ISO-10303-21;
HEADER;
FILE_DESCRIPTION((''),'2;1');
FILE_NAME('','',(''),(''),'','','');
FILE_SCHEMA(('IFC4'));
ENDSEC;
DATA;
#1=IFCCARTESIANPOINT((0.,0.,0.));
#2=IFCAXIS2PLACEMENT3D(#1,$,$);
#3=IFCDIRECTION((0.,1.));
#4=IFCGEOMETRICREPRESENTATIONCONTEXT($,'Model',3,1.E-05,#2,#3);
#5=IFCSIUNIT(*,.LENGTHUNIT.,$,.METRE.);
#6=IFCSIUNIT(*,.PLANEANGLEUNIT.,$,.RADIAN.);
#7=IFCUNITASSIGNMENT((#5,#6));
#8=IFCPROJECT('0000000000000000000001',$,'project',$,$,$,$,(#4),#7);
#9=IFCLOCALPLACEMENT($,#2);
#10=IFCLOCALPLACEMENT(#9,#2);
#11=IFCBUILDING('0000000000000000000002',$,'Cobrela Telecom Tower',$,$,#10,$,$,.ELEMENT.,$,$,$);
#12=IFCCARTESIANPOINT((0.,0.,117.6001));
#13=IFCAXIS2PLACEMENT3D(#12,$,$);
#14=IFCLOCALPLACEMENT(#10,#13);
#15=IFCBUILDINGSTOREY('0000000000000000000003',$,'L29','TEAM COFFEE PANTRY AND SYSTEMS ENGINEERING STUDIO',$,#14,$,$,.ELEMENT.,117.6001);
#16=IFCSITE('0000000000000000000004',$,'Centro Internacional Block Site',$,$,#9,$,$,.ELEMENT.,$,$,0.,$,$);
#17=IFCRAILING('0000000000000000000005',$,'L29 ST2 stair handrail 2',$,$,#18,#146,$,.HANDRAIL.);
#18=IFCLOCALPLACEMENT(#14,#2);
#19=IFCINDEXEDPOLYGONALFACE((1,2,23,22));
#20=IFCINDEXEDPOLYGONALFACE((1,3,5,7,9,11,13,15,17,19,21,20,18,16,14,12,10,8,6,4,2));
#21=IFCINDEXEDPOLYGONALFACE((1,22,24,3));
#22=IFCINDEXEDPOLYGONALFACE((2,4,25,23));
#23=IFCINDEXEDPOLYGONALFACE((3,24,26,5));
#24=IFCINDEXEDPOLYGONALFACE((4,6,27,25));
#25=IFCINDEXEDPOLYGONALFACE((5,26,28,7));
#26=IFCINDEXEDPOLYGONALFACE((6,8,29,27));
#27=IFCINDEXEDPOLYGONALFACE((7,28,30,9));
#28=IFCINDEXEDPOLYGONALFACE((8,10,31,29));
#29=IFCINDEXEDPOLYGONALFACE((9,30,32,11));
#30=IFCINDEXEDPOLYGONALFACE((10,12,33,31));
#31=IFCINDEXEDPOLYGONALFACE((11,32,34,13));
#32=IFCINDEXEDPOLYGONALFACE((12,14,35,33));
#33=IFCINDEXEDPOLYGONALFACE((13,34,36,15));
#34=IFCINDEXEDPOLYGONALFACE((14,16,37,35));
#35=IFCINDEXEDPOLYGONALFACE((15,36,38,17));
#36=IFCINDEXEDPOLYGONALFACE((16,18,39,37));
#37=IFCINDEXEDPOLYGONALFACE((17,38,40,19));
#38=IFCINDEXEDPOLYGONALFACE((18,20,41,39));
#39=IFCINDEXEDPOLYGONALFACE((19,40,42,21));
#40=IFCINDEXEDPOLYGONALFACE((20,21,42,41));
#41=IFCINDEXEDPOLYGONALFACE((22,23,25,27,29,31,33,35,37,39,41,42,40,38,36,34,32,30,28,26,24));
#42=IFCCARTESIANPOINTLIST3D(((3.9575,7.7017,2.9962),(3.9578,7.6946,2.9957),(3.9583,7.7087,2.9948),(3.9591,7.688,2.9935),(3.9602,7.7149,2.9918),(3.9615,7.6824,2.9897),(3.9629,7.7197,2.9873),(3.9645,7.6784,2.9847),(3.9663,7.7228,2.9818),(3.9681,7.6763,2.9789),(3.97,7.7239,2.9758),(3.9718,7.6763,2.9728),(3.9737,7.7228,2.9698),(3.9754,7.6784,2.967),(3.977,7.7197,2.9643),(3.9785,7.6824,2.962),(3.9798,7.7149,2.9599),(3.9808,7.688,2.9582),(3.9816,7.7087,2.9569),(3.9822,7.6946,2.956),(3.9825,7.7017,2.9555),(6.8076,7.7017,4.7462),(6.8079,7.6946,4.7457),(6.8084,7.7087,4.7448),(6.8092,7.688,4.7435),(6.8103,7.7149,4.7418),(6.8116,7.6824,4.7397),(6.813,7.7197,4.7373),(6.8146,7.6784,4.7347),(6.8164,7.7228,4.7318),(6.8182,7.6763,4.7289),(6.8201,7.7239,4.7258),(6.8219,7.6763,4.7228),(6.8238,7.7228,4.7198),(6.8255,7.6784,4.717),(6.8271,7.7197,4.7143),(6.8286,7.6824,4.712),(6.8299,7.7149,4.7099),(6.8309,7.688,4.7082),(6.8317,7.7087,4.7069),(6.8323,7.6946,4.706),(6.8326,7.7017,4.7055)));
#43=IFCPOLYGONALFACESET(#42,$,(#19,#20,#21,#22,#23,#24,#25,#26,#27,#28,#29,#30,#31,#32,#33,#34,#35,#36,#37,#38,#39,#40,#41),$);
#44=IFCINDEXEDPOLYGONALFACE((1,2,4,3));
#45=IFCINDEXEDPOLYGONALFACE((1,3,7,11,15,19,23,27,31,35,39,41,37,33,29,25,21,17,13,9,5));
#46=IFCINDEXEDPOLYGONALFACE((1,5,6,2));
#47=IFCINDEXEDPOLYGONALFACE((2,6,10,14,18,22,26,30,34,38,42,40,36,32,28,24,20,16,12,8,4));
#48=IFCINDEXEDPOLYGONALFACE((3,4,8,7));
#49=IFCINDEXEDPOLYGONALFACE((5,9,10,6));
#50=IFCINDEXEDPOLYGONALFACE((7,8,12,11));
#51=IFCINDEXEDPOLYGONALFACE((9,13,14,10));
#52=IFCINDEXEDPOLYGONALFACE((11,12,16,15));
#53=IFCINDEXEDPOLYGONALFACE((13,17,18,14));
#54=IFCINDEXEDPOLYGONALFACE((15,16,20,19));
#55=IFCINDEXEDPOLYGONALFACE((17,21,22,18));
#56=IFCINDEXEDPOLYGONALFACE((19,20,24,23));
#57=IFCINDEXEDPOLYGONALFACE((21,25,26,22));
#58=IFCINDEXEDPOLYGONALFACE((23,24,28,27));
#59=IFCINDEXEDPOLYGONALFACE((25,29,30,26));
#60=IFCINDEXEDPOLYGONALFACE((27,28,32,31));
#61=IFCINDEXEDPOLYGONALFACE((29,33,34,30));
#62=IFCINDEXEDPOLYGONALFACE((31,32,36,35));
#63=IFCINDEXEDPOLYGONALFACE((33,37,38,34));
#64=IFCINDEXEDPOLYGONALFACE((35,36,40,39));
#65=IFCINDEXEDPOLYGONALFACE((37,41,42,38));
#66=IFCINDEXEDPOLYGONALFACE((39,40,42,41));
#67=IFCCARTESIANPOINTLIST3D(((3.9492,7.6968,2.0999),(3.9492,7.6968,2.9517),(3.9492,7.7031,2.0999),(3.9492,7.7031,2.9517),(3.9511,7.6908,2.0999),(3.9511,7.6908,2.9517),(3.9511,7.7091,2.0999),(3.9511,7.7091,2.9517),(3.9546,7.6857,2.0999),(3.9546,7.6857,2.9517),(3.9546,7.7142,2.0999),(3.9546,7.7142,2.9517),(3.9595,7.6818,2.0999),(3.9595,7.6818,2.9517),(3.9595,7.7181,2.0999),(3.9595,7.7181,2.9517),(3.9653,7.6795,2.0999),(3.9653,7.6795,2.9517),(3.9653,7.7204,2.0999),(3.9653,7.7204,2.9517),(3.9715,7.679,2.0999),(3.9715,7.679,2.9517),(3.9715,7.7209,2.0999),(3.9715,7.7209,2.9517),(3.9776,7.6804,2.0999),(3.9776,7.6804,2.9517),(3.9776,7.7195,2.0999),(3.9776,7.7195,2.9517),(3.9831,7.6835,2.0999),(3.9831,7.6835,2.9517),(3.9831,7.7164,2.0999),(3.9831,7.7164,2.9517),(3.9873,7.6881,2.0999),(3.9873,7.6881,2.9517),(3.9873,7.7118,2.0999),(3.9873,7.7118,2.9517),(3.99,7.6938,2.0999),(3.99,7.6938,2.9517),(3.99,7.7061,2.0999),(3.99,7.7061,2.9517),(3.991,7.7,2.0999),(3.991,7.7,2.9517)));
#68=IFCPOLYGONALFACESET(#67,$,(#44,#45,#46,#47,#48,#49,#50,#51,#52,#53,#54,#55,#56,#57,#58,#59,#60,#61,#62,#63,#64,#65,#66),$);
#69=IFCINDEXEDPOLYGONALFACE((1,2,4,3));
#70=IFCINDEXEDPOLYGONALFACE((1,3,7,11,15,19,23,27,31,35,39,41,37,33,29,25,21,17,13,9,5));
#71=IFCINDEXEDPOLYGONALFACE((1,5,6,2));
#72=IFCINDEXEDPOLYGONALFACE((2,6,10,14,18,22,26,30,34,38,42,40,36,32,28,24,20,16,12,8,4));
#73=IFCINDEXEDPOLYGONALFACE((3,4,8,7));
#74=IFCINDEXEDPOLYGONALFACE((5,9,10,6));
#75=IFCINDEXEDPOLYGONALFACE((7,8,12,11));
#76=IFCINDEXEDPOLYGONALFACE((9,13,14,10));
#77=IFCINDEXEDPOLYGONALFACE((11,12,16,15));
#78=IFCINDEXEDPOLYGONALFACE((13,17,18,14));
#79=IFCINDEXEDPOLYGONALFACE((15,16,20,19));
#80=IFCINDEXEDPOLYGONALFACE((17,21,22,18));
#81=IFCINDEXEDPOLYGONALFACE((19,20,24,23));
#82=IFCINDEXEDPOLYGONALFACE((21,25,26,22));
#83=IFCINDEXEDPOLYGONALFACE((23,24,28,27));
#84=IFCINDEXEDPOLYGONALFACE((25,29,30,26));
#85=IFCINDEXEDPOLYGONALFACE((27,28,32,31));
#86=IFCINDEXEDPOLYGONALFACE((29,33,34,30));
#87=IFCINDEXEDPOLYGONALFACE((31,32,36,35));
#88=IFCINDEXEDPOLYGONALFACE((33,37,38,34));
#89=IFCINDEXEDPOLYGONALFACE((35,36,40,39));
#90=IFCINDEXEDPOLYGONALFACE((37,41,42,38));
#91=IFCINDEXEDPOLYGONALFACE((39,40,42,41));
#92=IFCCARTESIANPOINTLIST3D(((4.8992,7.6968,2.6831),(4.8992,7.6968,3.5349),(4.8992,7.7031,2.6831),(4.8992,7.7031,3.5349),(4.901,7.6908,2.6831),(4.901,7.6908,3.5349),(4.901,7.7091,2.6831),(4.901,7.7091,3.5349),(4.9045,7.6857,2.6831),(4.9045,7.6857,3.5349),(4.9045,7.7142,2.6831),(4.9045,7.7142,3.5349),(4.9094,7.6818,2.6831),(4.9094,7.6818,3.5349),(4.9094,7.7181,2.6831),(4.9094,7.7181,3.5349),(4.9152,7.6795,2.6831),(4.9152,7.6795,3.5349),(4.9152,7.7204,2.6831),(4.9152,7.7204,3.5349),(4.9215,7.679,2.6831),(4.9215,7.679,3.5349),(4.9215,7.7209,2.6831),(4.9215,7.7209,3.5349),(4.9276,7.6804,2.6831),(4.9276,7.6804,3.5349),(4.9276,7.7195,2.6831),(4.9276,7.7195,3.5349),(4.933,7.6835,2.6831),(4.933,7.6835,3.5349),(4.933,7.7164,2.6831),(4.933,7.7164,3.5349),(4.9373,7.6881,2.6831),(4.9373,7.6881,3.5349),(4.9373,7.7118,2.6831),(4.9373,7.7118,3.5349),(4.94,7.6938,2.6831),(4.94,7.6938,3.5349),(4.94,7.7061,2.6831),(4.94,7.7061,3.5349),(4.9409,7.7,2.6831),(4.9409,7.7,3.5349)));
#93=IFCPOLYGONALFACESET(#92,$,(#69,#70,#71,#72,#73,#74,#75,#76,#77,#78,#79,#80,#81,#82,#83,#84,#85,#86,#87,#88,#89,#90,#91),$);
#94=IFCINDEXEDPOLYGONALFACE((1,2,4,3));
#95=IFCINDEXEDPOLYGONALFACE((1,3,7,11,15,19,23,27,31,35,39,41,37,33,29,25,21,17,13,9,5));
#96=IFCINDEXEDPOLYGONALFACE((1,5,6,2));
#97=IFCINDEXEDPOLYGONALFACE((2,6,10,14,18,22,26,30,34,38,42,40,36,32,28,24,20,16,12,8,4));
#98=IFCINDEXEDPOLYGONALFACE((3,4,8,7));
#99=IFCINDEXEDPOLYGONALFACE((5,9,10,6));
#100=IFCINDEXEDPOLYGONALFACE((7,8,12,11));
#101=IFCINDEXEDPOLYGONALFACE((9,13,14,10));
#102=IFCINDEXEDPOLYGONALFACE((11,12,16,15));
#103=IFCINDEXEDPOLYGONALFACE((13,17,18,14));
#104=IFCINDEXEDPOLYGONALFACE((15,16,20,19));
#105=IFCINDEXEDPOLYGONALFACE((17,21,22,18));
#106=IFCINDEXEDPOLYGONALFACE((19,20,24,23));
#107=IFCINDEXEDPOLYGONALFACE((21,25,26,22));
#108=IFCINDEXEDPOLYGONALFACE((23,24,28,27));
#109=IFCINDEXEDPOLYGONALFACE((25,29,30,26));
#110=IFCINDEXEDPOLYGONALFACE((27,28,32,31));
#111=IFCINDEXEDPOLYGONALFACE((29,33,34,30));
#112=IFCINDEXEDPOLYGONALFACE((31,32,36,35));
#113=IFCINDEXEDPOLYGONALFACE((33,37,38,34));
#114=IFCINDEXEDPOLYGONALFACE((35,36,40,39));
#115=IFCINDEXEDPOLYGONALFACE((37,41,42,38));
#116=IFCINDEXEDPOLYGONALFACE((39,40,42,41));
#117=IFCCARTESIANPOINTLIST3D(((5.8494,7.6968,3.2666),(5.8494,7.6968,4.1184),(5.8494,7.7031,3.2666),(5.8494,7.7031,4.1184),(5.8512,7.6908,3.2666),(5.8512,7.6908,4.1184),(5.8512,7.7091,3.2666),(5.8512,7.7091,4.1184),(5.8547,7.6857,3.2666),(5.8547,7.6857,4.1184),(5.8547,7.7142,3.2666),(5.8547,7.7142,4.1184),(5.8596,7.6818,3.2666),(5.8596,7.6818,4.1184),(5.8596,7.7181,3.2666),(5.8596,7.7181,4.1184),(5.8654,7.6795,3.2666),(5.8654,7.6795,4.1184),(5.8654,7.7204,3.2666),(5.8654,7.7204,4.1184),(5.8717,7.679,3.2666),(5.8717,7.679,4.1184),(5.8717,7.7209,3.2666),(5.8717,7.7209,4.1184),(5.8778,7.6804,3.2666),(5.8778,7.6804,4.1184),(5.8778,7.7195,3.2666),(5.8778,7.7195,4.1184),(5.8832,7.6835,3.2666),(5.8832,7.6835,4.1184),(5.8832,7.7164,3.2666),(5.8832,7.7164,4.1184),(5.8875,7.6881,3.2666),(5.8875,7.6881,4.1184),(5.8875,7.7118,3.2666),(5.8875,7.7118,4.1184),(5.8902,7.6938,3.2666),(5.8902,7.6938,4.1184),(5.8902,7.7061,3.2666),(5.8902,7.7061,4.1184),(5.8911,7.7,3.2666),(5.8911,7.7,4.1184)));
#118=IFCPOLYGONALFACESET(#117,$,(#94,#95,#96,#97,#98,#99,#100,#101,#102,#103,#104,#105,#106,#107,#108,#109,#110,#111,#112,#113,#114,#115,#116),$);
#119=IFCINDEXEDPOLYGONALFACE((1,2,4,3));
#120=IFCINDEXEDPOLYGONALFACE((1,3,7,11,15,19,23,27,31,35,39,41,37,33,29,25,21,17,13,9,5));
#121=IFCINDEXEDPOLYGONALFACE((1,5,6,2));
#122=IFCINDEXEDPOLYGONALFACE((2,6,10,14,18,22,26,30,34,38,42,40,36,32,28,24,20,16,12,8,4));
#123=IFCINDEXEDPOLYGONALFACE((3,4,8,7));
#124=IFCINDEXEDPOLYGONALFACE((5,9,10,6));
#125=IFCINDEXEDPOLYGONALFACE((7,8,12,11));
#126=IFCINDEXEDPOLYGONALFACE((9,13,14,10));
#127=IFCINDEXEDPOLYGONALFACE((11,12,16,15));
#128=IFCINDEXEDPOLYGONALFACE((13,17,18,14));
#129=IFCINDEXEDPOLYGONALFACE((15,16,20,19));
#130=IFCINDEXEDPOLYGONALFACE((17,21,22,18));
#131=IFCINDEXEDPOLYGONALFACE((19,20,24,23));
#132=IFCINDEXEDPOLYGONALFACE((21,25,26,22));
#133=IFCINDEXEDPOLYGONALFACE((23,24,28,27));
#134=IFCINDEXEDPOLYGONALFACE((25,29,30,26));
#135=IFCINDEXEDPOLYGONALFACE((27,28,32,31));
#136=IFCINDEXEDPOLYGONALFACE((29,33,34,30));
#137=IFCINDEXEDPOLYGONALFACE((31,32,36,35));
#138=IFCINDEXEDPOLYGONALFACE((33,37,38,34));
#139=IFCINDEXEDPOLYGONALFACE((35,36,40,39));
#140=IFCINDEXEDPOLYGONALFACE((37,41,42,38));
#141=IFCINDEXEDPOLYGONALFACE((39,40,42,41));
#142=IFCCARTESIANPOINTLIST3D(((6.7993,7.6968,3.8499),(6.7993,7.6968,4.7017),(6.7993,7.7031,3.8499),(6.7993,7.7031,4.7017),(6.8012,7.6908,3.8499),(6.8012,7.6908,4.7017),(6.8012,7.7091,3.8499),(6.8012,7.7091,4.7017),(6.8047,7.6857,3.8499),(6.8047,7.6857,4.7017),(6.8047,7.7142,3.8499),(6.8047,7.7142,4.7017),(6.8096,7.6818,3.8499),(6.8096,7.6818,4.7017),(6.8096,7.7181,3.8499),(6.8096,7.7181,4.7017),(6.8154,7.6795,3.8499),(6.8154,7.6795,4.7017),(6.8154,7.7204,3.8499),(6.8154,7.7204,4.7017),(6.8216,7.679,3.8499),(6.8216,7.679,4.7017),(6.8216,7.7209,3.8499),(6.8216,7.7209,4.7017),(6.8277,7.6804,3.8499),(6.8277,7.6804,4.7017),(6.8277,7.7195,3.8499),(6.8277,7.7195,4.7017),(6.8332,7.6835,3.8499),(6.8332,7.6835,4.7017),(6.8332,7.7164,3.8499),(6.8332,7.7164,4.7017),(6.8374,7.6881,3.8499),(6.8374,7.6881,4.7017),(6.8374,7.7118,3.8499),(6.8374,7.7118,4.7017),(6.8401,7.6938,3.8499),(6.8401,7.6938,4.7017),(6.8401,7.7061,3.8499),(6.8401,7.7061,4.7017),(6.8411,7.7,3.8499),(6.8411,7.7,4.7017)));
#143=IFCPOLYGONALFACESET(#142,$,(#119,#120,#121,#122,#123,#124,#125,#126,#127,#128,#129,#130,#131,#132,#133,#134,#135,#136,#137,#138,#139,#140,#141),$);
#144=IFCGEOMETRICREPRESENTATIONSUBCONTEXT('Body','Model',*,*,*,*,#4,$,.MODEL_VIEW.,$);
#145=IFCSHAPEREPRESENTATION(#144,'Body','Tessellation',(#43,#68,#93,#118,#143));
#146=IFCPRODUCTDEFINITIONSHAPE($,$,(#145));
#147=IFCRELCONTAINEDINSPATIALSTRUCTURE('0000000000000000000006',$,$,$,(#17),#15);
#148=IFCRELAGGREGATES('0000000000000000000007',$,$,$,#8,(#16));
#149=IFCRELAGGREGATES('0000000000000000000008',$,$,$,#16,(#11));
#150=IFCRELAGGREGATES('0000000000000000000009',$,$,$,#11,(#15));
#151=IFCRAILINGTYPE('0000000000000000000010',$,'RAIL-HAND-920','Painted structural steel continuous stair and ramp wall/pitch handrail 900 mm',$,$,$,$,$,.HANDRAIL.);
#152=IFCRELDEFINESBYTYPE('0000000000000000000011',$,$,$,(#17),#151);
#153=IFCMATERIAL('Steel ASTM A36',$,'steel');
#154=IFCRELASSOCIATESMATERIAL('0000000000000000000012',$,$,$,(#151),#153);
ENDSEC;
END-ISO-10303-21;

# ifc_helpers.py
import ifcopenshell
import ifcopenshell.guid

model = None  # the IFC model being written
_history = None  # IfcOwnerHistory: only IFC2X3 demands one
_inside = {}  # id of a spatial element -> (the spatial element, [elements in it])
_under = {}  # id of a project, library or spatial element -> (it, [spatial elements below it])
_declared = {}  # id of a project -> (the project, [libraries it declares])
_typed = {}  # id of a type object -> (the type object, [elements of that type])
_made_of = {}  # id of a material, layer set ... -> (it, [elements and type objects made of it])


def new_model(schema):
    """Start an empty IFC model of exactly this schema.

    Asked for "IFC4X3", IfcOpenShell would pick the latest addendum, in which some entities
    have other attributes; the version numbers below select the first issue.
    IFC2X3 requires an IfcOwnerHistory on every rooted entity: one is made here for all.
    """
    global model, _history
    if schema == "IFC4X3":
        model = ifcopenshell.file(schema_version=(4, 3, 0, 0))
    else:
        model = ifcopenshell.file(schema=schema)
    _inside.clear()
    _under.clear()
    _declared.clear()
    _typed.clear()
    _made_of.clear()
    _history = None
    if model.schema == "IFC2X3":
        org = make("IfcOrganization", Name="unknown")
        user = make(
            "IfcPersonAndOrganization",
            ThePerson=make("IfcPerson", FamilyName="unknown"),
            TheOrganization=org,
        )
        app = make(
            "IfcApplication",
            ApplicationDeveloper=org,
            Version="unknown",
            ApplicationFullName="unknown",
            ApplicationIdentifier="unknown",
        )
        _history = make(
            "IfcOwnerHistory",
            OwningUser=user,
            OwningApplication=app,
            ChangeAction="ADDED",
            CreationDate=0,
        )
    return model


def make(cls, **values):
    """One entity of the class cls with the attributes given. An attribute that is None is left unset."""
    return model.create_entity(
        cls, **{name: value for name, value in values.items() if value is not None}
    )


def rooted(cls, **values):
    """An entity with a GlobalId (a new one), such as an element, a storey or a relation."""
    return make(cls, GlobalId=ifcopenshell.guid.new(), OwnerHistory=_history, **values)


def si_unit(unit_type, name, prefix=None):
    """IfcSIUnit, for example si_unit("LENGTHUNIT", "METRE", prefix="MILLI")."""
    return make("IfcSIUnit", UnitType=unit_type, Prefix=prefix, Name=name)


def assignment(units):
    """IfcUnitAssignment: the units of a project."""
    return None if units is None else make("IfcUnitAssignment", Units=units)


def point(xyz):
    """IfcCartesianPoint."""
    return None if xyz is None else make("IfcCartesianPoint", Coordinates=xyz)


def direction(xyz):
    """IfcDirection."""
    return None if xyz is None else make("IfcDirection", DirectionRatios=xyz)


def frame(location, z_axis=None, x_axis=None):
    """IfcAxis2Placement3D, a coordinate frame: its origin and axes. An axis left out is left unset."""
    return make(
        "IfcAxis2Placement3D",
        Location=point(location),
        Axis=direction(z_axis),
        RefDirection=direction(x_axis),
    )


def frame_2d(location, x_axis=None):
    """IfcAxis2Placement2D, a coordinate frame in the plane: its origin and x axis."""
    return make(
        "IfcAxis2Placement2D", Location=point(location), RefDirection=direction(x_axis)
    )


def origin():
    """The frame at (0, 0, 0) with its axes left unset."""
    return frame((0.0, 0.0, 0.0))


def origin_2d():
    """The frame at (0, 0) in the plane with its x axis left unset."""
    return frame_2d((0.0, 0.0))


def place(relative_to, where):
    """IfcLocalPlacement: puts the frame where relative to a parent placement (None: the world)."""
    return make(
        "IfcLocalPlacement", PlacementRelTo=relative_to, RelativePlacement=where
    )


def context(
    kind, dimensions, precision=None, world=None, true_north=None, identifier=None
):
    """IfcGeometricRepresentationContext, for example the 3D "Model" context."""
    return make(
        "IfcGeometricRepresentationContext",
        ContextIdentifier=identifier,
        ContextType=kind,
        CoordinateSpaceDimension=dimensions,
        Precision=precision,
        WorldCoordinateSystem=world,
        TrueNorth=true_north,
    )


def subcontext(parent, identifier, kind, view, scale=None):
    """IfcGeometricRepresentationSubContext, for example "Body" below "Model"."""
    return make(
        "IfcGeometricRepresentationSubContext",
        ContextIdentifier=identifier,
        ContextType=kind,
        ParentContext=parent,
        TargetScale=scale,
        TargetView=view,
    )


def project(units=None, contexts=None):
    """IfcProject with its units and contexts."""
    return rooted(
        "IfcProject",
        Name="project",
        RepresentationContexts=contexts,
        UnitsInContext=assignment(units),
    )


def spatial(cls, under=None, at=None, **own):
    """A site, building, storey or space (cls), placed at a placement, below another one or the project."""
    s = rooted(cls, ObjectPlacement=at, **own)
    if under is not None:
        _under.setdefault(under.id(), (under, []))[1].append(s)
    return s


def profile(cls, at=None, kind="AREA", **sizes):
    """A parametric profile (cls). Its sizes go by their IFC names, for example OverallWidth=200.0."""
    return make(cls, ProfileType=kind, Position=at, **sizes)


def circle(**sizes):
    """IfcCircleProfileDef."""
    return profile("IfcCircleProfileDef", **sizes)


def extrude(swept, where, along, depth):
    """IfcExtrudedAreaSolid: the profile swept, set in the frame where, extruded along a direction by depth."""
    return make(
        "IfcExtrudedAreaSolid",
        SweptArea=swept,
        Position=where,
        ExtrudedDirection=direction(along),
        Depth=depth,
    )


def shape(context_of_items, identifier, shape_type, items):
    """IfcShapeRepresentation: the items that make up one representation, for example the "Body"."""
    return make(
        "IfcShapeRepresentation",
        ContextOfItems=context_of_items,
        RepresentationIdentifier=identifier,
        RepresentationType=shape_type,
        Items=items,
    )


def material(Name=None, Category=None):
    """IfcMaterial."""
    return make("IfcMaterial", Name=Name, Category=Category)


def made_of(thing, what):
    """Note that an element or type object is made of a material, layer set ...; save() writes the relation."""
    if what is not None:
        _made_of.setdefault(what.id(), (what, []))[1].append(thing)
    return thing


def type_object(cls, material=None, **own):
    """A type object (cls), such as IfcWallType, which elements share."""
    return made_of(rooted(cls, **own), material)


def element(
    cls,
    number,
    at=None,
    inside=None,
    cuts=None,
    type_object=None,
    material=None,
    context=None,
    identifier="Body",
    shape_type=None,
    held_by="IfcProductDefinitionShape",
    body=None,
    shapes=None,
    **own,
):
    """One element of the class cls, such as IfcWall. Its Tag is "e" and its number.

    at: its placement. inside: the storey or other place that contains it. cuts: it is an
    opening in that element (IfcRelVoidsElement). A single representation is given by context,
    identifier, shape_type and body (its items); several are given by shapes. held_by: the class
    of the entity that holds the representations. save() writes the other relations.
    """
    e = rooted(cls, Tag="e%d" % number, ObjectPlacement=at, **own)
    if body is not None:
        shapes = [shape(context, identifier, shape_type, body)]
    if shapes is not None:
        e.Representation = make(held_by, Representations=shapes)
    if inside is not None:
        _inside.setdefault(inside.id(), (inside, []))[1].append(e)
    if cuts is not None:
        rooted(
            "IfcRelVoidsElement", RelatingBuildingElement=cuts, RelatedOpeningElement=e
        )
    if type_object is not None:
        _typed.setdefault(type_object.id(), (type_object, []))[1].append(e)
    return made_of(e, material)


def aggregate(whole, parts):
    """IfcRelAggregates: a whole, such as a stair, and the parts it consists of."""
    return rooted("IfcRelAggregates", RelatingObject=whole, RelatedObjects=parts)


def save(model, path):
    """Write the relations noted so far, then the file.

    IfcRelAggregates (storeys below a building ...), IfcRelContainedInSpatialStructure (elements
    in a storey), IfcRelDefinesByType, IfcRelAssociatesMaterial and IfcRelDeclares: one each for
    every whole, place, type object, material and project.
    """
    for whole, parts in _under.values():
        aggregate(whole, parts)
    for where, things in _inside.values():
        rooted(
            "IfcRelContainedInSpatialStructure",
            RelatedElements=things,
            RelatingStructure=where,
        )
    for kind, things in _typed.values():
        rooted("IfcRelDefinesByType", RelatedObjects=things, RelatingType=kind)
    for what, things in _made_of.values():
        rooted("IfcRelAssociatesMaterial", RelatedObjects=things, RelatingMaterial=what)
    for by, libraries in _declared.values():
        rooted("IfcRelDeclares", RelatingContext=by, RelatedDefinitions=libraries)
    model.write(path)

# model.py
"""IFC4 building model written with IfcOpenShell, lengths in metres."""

from ifc_helpers import new_model, si_unit, direction, frame, origin, origin_2d, place, context, subcontext, project, spatial, circle, extrude, material, type_object, element, save


model = new_model("IFC4")

# Units and contexts
model_context = context("Model", 3, precision=1e-05, world=origin(), true_north=direction((0.0, 1.0)))
body_context = subcontext(model_context, "Body", "Model", "MODEL_VIEW")
ifc_project = project(units=[si_unit("LENGTHUNIT", "METRE"), si_unit("PLANEANGLEUNIT", "RADIAN")], contexts=[model_context])

# Site, building, storey
site_placement = place(None, origin())
site = spatial("IfcSite", under=ifc_project, at=site_placement, Name="Centro Internacional Block Site", CompositionType="ELEMENT", RefElevation=0.0)
building_placement = place(site_placement, origin())
building = spatial("IfcBuilding", under=site, at=building_placement, Name="Cobrela Telecom Tower", CompositionType="ELEMENT")
storey_placement = place(building_placement, frame((0.0, 0.0, 117.6001)))
storey = spatial("IfcBuildingStorey", under=building, at=storey_placement, Name="L29", Description="TEAM COFFEE PANTRY AND SYSTEMS ENGINEERING STUDIO", CompositionType="ELEMENT", Elevation=117.6001)

# Railing
ifc_material_1 = material(Name="Steel ASTM A36", Category="steel")
railing_type = type_object("IfcRailingType", Name="RAIL-HAND-920", Description="Painted structural steel continuous stair and ramp wall/pitch handrail 900 mm", PredefinedType="HANDRAIL", material=ifc_material_1)
railing_placement = place(storey_placement, frame((3.97, 7.7, 2.0999)))
element("IfcRailing", 1, at=railing_placement, inside=storey, type_object=railing_type, Name="L29 ST2 stair handrail 2", PredefinedType="HANDRAIL", context=body_context, shape_type="SweptSolid", body=[
    extrude(circle(Radius=0.0239, at=origin_2d()), frame((0.0, 0.0, 0.876), z_axis=(0.852179, 0.0, 0.52325), x_axis=(0.0, 1.0, 0.0)), (0.0, 0.0, 1.0), 3.3445),
    extrude(circle(Radius=0.021, at=origin_2d()), origin(), (0.0, 0.0, 1.0), 0.8518),
    extrude(circle(Radius=0.021, at=origin_2d()), frame((0.95, 0.0, 0.5833)), (0.0, 0.0, 1.0), 0.8518),
    extrude(circle(Radius=0.021, at=origin_2d()), frame((1.9001, 0.0, 1.1667)), (0.0, 0.0, 1.0), 0.8518),
    extrude(circle(Radius=0.021, at=origin_2d()), frame((2.8501, 0.0, 1.75)), (0.0, 0.0, 1.0), 0.8518),
])

save(model, "model.ifc")
